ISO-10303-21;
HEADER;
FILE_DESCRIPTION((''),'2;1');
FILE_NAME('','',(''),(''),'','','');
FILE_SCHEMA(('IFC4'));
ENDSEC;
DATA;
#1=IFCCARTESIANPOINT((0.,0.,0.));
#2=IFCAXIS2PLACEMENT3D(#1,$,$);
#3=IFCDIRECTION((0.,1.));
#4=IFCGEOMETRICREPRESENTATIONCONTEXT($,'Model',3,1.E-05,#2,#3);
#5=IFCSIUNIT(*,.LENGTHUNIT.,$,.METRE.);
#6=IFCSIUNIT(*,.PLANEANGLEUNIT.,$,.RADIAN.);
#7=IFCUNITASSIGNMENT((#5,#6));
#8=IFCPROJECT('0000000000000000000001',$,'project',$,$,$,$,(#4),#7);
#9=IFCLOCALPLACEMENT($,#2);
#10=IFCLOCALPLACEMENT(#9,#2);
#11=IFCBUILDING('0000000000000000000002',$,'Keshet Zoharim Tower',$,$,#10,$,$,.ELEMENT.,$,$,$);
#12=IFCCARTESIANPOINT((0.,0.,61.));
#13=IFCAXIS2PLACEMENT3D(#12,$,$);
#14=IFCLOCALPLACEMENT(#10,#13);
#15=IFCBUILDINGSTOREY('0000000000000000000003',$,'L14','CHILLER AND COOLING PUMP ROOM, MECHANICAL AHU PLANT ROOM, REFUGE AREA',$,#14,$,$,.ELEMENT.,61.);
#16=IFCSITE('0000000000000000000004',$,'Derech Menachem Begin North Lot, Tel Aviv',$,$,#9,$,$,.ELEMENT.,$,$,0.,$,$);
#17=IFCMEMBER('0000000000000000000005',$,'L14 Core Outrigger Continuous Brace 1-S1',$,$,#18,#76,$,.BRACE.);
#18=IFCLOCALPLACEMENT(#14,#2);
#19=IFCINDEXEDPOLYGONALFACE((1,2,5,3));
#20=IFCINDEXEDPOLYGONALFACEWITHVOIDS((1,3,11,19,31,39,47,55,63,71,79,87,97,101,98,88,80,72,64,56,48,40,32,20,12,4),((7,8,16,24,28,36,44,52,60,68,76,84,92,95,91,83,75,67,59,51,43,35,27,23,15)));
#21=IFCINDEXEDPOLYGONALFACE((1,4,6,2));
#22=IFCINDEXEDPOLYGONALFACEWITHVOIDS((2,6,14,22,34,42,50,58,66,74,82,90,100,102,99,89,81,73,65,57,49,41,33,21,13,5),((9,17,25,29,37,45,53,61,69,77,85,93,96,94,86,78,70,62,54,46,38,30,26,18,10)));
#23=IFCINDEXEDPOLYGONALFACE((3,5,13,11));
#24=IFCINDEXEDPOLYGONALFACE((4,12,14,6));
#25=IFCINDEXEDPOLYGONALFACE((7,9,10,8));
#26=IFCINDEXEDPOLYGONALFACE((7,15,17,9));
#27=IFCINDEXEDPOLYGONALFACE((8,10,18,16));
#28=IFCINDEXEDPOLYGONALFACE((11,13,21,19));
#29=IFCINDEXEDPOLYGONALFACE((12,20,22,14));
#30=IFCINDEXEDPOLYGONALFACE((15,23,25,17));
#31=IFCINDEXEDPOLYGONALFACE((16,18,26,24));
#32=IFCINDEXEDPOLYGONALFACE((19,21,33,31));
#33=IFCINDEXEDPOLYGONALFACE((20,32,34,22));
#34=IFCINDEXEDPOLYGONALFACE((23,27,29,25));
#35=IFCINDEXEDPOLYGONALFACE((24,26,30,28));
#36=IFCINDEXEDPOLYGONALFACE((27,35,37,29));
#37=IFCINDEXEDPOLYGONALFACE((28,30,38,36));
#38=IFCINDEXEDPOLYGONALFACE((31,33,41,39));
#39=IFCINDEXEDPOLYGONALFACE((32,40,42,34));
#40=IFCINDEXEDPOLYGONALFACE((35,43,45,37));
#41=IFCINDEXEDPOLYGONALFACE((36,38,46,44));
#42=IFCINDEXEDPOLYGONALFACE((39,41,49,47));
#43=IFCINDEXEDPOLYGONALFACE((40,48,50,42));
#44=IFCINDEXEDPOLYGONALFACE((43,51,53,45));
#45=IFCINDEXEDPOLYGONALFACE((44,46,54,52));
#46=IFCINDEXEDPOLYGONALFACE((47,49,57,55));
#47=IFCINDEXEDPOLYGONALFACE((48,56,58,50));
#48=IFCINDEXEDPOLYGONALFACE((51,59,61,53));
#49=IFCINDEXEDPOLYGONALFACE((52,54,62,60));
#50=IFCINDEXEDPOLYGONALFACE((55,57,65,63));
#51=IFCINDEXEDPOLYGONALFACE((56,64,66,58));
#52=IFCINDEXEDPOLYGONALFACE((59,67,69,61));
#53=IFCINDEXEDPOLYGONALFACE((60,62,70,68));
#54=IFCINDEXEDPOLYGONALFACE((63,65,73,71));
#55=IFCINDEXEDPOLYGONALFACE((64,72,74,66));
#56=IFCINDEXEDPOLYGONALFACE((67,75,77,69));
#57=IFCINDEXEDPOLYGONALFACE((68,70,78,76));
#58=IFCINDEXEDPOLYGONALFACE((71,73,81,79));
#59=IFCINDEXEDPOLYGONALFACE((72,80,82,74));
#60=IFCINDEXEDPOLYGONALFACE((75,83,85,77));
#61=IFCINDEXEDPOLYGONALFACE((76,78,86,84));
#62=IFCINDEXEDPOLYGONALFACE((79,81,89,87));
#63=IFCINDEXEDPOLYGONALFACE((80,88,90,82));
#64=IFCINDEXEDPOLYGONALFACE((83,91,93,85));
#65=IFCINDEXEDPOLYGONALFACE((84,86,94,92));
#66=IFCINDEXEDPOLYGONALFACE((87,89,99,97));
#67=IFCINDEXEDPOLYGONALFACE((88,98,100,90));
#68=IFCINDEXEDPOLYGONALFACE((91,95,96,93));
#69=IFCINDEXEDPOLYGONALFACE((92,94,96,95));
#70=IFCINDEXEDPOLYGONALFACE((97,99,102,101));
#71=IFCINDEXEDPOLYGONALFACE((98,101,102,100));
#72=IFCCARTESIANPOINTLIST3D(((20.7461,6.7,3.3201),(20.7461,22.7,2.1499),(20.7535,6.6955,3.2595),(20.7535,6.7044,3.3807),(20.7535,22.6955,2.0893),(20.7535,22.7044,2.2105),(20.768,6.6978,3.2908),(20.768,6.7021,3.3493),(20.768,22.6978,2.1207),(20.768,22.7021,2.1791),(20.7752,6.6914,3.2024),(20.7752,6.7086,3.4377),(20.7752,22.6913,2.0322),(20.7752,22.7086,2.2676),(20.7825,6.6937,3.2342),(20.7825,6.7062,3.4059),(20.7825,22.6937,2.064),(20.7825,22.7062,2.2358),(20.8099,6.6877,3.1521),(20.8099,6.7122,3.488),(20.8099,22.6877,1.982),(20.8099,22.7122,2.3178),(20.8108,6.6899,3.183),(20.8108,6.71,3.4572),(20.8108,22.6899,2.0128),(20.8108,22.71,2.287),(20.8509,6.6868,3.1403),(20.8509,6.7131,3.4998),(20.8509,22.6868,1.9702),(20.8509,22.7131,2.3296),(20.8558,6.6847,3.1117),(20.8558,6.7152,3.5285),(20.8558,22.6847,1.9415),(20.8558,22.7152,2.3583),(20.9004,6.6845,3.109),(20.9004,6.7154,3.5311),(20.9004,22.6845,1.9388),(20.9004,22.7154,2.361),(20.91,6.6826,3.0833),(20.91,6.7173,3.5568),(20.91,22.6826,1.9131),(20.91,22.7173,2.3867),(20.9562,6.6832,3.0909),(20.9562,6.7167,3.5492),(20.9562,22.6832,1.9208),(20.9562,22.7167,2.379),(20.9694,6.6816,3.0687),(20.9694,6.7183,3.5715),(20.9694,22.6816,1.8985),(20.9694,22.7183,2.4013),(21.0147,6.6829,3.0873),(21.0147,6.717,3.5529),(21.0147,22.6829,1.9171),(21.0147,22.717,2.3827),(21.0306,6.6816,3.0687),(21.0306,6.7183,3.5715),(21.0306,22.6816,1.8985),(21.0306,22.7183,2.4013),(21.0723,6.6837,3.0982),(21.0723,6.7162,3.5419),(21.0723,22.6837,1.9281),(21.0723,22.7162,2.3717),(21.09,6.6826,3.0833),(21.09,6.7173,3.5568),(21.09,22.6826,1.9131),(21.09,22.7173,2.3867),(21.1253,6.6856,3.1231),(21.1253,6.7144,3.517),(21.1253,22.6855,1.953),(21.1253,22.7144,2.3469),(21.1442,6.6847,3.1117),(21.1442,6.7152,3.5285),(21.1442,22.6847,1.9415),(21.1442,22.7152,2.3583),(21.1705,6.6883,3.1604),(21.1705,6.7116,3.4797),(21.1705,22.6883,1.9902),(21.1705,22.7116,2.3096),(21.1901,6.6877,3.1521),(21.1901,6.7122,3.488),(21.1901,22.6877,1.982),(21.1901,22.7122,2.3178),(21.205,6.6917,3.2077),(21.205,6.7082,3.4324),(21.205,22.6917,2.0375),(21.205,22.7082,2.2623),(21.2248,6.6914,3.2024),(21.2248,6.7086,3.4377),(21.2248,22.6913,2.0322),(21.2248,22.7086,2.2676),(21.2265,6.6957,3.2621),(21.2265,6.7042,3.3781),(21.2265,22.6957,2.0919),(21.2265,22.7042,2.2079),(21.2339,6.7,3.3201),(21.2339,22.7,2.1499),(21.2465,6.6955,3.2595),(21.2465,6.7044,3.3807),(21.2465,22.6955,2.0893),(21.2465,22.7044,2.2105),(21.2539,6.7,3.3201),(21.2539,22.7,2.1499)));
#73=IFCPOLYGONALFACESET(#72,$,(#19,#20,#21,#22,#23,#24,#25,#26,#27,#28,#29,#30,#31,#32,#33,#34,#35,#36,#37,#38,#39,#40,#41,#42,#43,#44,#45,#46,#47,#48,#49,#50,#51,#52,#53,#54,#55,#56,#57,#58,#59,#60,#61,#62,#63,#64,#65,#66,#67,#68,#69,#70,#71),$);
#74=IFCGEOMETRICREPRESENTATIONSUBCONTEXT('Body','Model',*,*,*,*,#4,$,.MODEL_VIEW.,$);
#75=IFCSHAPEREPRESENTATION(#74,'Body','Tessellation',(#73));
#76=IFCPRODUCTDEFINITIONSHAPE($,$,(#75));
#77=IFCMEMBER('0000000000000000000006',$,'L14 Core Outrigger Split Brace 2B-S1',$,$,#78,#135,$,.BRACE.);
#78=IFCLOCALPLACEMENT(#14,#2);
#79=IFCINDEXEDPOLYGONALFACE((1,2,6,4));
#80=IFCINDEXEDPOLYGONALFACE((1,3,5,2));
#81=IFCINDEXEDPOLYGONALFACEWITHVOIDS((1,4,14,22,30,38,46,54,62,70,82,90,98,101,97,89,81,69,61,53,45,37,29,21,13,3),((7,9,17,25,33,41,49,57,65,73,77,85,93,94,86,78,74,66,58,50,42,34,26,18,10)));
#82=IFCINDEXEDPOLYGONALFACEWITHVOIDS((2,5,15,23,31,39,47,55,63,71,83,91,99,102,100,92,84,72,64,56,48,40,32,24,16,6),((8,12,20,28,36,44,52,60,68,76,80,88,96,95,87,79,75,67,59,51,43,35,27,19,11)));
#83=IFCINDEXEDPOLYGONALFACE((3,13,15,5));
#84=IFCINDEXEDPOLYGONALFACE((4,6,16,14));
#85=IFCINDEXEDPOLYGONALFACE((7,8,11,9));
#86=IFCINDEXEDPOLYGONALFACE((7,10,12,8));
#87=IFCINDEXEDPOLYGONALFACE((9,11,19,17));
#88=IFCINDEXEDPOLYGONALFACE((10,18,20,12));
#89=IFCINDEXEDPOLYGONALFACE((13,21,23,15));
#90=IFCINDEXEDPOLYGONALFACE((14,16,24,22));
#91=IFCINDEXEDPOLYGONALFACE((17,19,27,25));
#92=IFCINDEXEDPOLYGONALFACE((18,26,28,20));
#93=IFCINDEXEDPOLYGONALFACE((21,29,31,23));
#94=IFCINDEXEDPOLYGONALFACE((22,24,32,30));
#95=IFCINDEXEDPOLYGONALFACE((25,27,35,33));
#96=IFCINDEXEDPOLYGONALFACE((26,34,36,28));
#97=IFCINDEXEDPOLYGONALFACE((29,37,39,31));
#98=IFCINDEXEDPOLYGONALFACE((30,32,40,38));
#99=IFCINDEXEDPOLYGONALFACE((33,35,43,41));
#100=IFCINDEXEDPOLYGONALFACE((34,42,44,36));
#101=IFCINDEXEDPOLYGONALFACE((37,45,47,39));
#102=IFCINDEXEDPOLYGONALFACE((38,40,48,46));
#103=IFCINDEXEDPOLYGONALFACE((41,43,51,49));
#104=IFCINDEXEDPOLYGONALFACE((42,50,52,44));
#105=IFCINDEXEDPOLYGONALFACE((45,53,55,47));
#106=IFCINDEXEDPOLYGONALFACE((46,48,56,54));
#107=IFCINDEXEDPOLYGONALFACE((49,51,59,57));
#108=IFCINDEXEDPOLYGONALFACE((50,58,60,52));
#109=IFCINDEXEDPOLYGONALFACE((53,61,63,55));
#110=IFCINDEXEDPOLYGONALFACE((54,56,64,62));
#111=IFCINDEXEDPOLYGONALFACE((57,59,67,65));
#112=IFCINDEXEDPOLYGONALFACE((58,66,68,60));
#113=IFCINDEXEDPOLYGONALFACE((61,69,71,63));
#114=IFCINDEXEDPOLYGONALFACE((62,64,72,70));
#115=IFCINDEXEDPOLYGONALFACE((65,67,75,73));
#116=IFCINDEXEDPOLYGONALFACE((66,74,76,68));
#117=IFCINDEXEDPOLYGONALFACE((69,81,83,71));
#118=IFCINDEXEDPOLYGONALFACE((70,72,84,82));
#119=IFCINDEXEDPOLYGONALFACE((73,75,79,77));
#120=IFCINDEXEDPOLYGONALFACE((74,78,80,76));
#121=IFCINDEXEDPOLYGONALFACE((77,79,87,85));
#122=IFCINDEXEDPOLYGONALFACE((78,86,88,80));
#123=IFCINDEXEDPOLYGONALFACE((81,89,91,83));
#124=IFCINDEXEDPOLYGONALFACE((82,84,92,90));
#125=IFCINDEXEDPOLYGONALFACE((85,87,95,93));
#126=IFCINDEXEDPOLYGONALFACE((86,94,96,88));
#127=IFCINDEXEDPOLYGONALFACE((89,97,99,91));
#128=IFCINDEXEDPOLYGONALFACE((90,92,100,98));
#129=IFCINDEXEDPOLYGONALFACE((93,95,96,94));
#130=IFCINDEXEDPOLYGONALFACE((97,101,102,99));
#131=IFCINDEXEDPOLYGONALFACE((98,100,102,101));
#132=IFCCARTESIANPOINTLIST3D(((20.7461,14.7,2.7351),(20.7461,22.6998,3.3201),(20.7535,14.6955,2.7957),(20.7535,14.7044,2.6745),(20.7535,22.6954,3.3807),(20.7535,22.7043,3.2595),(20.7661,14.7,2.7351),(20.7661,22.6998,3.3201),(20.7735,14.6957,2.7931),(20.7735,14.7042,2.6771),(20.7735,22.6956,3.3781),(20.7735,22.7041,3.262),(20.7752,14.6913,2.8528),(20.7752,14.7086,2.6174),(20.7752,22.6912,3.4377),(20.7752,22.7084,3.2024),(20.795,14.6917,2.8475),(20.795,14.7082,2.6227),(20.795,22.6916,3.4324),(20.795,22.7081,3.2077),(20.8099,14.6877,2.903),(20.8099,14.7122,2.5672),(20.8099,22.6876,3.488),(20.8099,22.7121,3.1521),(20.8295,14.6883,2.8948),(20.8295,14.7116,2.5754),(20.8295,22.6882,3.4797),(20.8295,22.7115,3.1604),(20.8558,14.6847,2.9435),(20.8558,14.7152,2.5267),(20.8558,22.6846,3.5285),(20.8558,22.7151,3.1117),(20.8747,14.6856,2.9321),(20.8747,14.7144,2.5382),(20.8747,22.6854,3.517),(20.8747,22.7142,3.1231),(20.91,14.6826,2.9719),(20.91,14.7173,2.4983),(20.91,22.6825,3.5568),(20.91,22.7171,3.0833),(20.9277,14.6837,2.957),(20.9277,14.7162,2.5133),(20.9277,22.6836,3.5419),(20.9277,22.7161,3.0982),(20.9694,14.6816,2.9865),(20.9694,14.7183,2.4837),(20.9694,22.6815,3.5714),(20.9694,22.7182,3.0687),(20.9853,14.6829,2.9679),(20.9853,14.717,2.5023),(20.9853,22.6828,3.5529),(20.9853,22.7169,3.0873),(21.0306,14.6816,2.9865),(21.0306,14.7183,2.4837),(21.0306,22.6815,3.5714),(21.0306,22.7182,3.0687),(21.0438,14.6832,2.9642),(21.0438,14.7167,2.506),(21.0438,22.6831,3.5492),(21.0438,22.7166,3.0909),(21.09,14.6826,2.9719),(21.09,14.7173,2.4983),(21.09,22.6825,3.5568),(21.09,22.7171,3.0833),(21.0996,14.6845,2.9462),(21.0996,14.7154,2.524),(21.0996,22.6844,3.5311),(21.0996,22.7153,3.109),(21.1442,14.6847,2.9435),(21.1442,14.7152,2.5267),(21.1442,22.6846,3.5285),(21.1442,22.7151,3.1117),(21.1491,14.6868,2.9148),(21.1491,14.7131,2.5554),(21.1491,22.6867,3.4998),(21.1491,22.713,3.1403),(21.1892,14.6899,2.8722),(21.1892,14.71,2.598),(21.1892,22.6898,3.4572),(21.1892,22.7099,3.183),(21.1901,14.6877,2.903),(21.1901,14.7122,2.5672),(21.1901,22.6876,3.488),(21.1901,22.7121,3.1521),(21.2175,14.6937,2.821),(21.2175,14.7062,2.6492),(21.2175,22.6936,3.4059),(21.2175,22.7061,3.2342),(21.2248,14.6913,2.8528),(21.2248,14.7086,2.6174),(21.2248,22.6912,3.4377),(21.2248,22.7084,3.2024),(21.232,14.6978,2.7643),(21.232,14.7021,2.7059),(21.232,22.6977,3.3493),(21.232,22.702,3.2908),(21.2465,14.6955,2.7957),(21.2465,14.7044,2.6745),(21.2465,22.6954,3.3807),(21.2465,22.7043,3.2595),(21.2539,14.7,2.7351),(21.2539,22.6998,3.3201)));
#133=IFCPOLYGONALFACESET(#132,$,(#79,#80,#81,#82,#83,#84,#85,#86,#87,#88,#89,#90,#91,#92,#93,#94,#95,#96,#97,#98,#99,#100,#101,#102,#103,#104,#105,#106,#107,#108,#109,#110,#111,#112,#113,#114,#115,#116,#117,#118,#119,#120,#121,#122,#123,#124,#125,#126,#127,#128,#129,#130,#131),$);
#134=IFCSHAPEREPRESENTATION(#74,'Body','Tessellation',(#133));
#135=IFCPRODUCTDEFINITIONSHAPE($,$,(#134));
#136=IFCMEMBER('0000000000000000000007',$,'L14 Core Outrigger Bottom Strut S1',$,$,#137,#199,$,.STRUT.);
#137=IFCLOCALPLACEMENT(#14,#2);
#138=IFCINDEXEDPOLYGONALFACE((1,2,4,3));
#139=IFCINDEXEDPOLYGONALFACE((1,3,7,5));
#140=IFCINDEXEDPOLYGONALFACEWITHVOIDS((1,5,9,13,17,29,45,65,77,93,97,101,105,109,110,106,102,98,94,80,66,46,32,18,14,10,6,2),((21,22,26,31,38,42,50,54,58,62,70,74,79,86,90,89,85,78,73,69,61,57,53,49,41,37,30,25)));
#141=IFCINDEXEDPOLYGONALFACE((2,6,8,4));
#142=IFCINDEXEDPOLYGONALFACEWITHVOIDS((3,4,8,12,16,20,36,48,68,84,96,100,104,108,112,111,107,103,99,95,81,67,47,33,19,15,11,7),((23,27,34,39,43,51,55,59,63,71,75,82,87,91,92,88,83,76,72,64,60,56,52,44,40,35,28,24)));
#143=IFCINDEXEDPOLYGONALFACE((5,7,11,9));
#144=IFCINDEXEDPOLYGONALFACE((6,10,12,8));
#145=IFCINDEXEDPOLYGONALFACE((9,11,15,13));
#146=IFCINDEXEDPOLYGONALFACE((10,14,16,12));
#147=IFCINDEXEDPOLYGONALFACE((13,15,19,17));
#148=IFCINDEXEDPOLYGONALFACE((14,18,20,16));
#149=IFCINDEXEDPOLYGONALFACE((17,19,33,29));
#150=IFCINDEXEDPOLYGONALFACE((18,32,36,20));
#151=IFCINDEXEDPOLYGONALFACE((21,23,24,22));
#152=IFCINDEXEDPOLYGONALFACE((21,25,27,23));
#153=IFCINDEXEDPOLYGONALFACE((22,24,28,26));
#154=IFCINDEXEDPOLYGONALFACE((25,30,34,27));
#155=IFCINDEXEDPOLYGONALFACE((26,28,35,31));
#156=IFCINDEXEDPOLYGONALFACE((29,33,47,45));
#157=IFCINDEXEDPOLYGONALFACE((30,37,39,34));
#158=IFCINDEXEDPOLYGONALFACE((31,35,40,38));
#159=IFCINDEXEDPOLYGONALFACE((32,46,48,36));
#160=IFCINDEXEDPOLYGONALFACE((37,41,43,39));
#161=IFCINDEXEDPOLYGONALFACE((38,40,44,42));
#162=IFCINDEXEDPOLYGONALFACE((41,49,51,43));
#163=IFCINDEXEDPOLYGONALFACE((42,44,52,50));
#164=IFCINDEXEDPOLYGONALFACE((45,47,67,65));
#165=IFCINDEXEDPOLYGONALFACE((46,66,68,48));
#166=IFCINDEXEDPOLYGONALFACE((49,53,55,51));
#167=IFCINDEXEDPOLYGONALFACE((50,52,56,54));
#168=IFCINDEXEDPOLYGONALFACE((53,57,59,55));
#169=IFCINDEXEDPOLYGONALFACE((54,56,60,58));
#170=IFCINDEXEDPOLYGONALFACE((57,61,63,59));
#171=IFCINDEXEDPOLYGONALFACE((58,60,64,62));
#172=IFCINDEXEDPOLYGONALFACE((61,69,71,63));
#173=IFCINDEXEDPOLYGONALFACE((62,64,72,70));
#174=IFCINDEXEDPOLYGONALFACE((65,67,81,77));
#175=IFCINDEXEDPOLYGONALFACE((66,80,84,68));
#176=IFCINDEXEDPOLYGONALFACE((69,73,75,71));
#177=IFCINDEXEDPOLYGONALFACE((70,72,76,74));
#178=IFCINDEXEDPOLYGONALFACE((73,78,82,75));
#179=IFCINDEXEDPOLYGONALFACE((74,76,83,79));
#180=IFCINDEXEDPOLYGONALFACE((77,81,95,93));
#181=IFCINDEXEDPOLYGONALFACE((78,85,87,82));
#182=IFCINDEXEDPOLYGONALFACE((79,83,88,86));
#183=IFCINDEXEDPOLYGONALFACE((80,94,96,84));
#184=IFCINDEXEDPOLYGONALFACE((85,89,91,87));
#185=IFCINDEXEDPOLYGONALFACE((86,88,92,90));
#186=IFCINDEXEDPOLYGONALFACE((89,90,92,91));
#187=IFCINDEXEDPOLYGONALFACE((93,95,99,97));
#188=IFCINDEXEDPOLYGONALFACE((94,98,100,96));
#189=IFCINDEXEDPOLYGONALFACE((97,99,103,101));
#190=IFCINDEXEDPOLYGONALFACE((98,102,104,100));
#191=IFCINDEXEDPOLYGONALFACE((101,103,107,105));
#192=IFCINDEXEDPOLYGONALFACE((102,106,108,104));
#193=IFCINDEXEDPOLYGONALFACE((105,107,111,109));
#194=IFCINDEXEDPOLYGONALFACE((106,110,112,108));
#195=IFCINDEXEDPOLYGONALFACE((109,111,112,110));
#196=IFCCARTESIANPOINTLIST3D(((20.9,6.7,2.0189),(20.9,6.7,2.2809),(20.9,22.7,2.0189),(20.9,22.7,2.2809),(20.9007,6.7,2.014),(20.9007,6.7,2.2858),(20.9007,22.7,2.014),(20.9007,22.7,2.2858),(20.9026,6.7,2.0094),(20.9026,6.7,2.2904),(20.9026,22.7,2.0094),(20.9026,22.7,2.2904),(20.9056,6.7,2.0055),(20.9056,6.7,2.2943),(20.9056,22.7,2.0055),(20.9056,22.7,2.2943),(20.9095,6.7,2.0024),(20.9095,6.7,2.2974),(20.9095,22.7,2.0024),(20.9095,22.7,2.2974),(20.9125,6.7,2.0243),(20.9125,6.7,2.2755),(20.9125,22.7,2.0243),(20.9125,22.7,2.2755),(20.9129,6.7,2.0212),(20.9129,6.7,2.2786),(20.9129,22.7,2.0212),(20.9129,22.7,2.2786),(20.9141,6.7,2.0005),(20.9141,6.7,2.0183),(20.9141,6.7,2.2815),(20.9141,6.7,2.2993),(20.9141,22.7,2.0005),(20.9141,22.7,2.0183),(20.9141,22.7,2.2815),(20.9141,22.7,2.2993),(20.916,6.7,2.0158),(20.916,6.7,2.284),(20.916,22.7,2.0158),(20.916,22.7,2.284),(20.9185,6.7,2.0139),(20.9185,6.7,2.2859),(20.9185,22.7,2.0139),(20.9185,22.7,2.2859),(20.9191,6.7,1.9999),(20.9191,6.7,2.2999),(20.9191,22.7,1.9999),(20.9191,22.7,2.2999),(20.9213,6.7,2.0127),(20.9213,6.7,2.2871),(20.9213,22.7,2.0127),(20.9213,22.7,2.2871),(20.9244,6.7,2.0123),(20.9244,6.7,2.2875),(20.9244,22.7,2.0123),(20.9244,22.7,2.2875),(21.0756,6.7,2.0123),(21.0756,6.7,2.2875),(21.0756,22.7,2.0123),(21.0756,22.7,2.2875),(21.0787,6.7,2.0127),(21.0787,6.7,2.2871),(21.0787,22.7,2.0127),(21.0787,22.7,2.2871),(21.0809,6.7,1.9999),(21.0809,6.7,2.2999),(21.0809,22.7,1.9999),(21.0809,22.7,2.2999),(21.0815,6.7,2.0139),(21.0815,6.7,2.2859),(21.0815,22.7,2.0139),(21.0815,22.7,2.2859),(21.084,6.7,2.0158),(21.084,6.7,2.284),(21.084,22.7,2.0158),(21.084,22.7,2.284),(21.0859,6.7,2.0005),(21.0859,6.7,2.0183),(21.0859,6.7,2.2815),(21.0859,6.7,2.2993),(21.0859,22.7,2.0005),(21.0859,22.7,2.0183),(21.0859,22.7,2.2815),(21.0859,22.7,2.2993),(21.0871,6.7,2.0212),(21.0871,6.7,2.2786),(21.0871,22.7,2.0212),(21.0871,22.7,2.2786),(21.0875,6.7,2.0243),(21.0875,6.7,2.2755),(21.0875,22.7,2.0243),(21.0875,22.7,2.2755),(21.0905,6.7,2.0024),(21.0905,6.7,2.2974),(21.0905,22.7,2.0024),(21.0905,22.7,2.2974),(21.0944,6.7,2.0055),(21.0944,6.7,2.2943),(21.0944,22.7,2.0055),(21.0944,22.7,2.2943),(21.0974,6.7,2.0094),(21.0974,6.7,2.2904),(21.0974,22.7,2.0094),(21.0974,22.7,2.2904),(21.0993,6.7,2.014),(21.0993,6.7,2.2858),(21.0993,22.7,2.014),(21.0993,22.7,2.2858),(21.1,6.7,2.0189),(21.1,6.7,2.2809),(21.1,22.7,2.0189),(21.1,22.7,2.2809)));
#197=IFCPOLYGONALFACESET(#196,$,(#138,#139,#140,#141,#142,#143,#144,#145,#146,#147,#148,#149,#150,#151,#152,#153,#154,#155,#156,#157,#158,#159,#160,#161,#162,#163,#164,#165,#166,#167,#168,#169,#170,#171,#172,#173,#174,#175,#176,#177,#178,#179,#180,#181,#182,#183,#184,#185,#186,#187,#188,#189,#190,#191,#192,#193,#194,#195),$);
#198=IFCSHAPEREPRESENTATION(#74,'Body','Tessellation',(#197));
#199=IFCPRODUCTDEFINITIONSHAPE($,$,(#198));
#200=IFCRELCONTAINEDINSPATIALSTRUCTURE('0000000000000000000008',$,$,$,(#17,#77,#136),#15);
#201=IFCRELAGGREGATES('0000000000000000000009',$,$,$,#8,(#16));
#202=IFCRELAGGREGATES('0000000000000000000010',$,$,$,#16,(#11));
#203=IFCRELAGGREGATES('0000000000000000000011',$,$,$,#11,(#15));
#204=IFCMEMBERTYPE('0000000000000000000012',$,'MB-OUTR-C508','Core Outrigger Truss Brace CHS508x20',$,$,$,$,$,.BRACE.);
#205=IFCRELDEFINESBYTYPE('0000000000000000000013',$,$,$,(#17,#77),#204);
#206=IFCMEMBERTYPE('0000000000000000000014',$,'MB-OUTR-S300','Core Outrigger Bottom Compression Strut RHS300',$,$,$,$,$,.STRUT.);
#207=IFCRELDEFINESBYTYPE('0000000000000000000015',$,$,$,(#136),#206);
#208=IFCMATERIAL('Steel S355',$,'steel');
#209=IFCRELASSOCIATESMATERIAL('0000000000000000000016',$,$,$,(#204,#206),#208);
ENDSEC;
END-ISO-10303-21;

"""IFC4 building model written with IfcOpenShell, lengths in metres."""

from ifc_helpers import new_model, si_unit, direction, frame, origin, origin_2d, place, context, subcontext, project, spatial, hollow_rectangle, hollow_circle, extrude, material, material_profile, profile_set, type_object, element, save


model = new_model("IFC4")

# Units and contexts
model_context = context("Model", 3, precision=1e-05, world=origin(), true_north=direction((0.0, 1.0)))
body_context = subcontext(model_context, "Body", "Model", "MODEL_VIEW")
ifc_project = project(units=[si_unit("LENGTHUNIT", "METRE"), si_unit("PLANEANGLEUNIT", "RADIAN")], contexts=[model_context])

# Site, building, storey
site_placement = place(None, origin())
site = spatial("IfcSite", under=ifc_project, at=site_placement, Name="Derech Menachem Begin North Lot, Tel Aviv", CompositionType="ELEMENT", RefElevation=0.0)
building_placement = place(site_placement, origin())
building = spatial("IfcBuilding", under=site, at=building_placement, Name="Keshet Zoharim Tower", CompositionType="ELEMENT")
storey_placement = place(building_placement, frame((0.0, 0.0, 61.0)))
storey = spatial("IfcBuildingStorey", under=building, at=storey_placement, Name="L14", Description="CHILLER AND COOLING PUMP ROOM, MECHANICAL AHU PLANT ROOM, REFUGE AREA", CompositionType="ELEMENT", Elevation=61.0)

# Members
ifc_material_1 = material(Name="Steel S355", Category="steel")
ifc_material_profile_1 = material_profile(ifc_material_1, hollow_circle(Radius=0.2539, WallThickness=0.02, at=origin_2d()), Name="CHS508x20")
ifc_profile_set_1 = profile_set([ifc_material_profile_1], Name="Steel S355")
member_type_1 = type_object("IfcMemberType", Name="MB-OUTR-C508", Description="Core Outrigger Truss Brace CHS508x20", PredefinedType="BRACE", material=ifc_profile_set_1)
member_1_placement = place(storey_placement, frame((21.0, 22.7, 2.1499), z_axis=(0.0, -0.997336, 0.072941), x_axis=(1.0, 0.0, 0.0)))
element("IfcMember", 1, at=member_1_placement, inside=storey, type_object=member_type_1, Name="L14 Core Outrigger Continuous Brace 1-S1", PredefinedType="BRACE", context=body_context, shape_type="SweptSolid", body=[
    extrude(hollow_circle(Radius=0.2539, WallThickness=0.02, at=origin_2d()), origin(), (0.0, 0.0, 1.0), 16.0427),
])
member_2_placement = place(storey_placement, frame((21.0, 14.7, 2.7351), z_axis=(0.0, 0.997337, 0.072925), x_axis=(-1.0, 0.0, 0.0)))
element("IfcMember", 2, at=member_2_placement, inside=storey, type_object=member_type_1, Name="L14 Core Outrigger Split Brace 2B-S1", PredefinedType="BRACE", context=body_context, shape_type="SweptSolid", body=[
    extrude(hollow_circle(Radius=0.2539, WallThickness=0.02, at=origin_2d()), origin(), (0.0, 0.0, 1.0), 8.0212),
])
ifc_material_profile_2 = material_profile(ifc_material_1, hollow_rectangle(XDim=0.2, YDim=0.3, WallThickness=0.0125, InnerFilletRadius=0.012, OuterFilletRadius=0.019, at=origin_2d()), Name="RHS300x200x12.5")
ifc_profile_set_2 = profile_set([ifc_material_profile_2], Name="Steel S355")
member_type_2 = type_object("IfcMemberType", Name="MB-OUTR-S300", Description="Core Outrigger Bottom Compression Strut RHS300", PredefinedType="STRUT", material=ifc_profile_set_2)
member_3_placement = place(storey_placement, frame((21.0, 22.7, 2.1499), z_axis=(0.0, -1.0, 0.0), x_axis=(1.0, 0.0, 0.0)))
element("IfcMember", 3, at=member_3_placement, inside=storey, type_object=member_type_2, Name="L14 Core Outrigger Bottom Strut S1", PredefinedType="STRUT", context=body_context, shape_type="SweptSolid", body=[
    extrude(hollow_rectangle(XDim=0.2, YDim=0.3, WallThickness=0.0125, InnerFilletRadius=0.012, OuterFilletRadius=0.019, at=origin_2d()), origin(), (0.0, 0.0, 1.0), 16.0),
])

save(model, "model.ifc")
